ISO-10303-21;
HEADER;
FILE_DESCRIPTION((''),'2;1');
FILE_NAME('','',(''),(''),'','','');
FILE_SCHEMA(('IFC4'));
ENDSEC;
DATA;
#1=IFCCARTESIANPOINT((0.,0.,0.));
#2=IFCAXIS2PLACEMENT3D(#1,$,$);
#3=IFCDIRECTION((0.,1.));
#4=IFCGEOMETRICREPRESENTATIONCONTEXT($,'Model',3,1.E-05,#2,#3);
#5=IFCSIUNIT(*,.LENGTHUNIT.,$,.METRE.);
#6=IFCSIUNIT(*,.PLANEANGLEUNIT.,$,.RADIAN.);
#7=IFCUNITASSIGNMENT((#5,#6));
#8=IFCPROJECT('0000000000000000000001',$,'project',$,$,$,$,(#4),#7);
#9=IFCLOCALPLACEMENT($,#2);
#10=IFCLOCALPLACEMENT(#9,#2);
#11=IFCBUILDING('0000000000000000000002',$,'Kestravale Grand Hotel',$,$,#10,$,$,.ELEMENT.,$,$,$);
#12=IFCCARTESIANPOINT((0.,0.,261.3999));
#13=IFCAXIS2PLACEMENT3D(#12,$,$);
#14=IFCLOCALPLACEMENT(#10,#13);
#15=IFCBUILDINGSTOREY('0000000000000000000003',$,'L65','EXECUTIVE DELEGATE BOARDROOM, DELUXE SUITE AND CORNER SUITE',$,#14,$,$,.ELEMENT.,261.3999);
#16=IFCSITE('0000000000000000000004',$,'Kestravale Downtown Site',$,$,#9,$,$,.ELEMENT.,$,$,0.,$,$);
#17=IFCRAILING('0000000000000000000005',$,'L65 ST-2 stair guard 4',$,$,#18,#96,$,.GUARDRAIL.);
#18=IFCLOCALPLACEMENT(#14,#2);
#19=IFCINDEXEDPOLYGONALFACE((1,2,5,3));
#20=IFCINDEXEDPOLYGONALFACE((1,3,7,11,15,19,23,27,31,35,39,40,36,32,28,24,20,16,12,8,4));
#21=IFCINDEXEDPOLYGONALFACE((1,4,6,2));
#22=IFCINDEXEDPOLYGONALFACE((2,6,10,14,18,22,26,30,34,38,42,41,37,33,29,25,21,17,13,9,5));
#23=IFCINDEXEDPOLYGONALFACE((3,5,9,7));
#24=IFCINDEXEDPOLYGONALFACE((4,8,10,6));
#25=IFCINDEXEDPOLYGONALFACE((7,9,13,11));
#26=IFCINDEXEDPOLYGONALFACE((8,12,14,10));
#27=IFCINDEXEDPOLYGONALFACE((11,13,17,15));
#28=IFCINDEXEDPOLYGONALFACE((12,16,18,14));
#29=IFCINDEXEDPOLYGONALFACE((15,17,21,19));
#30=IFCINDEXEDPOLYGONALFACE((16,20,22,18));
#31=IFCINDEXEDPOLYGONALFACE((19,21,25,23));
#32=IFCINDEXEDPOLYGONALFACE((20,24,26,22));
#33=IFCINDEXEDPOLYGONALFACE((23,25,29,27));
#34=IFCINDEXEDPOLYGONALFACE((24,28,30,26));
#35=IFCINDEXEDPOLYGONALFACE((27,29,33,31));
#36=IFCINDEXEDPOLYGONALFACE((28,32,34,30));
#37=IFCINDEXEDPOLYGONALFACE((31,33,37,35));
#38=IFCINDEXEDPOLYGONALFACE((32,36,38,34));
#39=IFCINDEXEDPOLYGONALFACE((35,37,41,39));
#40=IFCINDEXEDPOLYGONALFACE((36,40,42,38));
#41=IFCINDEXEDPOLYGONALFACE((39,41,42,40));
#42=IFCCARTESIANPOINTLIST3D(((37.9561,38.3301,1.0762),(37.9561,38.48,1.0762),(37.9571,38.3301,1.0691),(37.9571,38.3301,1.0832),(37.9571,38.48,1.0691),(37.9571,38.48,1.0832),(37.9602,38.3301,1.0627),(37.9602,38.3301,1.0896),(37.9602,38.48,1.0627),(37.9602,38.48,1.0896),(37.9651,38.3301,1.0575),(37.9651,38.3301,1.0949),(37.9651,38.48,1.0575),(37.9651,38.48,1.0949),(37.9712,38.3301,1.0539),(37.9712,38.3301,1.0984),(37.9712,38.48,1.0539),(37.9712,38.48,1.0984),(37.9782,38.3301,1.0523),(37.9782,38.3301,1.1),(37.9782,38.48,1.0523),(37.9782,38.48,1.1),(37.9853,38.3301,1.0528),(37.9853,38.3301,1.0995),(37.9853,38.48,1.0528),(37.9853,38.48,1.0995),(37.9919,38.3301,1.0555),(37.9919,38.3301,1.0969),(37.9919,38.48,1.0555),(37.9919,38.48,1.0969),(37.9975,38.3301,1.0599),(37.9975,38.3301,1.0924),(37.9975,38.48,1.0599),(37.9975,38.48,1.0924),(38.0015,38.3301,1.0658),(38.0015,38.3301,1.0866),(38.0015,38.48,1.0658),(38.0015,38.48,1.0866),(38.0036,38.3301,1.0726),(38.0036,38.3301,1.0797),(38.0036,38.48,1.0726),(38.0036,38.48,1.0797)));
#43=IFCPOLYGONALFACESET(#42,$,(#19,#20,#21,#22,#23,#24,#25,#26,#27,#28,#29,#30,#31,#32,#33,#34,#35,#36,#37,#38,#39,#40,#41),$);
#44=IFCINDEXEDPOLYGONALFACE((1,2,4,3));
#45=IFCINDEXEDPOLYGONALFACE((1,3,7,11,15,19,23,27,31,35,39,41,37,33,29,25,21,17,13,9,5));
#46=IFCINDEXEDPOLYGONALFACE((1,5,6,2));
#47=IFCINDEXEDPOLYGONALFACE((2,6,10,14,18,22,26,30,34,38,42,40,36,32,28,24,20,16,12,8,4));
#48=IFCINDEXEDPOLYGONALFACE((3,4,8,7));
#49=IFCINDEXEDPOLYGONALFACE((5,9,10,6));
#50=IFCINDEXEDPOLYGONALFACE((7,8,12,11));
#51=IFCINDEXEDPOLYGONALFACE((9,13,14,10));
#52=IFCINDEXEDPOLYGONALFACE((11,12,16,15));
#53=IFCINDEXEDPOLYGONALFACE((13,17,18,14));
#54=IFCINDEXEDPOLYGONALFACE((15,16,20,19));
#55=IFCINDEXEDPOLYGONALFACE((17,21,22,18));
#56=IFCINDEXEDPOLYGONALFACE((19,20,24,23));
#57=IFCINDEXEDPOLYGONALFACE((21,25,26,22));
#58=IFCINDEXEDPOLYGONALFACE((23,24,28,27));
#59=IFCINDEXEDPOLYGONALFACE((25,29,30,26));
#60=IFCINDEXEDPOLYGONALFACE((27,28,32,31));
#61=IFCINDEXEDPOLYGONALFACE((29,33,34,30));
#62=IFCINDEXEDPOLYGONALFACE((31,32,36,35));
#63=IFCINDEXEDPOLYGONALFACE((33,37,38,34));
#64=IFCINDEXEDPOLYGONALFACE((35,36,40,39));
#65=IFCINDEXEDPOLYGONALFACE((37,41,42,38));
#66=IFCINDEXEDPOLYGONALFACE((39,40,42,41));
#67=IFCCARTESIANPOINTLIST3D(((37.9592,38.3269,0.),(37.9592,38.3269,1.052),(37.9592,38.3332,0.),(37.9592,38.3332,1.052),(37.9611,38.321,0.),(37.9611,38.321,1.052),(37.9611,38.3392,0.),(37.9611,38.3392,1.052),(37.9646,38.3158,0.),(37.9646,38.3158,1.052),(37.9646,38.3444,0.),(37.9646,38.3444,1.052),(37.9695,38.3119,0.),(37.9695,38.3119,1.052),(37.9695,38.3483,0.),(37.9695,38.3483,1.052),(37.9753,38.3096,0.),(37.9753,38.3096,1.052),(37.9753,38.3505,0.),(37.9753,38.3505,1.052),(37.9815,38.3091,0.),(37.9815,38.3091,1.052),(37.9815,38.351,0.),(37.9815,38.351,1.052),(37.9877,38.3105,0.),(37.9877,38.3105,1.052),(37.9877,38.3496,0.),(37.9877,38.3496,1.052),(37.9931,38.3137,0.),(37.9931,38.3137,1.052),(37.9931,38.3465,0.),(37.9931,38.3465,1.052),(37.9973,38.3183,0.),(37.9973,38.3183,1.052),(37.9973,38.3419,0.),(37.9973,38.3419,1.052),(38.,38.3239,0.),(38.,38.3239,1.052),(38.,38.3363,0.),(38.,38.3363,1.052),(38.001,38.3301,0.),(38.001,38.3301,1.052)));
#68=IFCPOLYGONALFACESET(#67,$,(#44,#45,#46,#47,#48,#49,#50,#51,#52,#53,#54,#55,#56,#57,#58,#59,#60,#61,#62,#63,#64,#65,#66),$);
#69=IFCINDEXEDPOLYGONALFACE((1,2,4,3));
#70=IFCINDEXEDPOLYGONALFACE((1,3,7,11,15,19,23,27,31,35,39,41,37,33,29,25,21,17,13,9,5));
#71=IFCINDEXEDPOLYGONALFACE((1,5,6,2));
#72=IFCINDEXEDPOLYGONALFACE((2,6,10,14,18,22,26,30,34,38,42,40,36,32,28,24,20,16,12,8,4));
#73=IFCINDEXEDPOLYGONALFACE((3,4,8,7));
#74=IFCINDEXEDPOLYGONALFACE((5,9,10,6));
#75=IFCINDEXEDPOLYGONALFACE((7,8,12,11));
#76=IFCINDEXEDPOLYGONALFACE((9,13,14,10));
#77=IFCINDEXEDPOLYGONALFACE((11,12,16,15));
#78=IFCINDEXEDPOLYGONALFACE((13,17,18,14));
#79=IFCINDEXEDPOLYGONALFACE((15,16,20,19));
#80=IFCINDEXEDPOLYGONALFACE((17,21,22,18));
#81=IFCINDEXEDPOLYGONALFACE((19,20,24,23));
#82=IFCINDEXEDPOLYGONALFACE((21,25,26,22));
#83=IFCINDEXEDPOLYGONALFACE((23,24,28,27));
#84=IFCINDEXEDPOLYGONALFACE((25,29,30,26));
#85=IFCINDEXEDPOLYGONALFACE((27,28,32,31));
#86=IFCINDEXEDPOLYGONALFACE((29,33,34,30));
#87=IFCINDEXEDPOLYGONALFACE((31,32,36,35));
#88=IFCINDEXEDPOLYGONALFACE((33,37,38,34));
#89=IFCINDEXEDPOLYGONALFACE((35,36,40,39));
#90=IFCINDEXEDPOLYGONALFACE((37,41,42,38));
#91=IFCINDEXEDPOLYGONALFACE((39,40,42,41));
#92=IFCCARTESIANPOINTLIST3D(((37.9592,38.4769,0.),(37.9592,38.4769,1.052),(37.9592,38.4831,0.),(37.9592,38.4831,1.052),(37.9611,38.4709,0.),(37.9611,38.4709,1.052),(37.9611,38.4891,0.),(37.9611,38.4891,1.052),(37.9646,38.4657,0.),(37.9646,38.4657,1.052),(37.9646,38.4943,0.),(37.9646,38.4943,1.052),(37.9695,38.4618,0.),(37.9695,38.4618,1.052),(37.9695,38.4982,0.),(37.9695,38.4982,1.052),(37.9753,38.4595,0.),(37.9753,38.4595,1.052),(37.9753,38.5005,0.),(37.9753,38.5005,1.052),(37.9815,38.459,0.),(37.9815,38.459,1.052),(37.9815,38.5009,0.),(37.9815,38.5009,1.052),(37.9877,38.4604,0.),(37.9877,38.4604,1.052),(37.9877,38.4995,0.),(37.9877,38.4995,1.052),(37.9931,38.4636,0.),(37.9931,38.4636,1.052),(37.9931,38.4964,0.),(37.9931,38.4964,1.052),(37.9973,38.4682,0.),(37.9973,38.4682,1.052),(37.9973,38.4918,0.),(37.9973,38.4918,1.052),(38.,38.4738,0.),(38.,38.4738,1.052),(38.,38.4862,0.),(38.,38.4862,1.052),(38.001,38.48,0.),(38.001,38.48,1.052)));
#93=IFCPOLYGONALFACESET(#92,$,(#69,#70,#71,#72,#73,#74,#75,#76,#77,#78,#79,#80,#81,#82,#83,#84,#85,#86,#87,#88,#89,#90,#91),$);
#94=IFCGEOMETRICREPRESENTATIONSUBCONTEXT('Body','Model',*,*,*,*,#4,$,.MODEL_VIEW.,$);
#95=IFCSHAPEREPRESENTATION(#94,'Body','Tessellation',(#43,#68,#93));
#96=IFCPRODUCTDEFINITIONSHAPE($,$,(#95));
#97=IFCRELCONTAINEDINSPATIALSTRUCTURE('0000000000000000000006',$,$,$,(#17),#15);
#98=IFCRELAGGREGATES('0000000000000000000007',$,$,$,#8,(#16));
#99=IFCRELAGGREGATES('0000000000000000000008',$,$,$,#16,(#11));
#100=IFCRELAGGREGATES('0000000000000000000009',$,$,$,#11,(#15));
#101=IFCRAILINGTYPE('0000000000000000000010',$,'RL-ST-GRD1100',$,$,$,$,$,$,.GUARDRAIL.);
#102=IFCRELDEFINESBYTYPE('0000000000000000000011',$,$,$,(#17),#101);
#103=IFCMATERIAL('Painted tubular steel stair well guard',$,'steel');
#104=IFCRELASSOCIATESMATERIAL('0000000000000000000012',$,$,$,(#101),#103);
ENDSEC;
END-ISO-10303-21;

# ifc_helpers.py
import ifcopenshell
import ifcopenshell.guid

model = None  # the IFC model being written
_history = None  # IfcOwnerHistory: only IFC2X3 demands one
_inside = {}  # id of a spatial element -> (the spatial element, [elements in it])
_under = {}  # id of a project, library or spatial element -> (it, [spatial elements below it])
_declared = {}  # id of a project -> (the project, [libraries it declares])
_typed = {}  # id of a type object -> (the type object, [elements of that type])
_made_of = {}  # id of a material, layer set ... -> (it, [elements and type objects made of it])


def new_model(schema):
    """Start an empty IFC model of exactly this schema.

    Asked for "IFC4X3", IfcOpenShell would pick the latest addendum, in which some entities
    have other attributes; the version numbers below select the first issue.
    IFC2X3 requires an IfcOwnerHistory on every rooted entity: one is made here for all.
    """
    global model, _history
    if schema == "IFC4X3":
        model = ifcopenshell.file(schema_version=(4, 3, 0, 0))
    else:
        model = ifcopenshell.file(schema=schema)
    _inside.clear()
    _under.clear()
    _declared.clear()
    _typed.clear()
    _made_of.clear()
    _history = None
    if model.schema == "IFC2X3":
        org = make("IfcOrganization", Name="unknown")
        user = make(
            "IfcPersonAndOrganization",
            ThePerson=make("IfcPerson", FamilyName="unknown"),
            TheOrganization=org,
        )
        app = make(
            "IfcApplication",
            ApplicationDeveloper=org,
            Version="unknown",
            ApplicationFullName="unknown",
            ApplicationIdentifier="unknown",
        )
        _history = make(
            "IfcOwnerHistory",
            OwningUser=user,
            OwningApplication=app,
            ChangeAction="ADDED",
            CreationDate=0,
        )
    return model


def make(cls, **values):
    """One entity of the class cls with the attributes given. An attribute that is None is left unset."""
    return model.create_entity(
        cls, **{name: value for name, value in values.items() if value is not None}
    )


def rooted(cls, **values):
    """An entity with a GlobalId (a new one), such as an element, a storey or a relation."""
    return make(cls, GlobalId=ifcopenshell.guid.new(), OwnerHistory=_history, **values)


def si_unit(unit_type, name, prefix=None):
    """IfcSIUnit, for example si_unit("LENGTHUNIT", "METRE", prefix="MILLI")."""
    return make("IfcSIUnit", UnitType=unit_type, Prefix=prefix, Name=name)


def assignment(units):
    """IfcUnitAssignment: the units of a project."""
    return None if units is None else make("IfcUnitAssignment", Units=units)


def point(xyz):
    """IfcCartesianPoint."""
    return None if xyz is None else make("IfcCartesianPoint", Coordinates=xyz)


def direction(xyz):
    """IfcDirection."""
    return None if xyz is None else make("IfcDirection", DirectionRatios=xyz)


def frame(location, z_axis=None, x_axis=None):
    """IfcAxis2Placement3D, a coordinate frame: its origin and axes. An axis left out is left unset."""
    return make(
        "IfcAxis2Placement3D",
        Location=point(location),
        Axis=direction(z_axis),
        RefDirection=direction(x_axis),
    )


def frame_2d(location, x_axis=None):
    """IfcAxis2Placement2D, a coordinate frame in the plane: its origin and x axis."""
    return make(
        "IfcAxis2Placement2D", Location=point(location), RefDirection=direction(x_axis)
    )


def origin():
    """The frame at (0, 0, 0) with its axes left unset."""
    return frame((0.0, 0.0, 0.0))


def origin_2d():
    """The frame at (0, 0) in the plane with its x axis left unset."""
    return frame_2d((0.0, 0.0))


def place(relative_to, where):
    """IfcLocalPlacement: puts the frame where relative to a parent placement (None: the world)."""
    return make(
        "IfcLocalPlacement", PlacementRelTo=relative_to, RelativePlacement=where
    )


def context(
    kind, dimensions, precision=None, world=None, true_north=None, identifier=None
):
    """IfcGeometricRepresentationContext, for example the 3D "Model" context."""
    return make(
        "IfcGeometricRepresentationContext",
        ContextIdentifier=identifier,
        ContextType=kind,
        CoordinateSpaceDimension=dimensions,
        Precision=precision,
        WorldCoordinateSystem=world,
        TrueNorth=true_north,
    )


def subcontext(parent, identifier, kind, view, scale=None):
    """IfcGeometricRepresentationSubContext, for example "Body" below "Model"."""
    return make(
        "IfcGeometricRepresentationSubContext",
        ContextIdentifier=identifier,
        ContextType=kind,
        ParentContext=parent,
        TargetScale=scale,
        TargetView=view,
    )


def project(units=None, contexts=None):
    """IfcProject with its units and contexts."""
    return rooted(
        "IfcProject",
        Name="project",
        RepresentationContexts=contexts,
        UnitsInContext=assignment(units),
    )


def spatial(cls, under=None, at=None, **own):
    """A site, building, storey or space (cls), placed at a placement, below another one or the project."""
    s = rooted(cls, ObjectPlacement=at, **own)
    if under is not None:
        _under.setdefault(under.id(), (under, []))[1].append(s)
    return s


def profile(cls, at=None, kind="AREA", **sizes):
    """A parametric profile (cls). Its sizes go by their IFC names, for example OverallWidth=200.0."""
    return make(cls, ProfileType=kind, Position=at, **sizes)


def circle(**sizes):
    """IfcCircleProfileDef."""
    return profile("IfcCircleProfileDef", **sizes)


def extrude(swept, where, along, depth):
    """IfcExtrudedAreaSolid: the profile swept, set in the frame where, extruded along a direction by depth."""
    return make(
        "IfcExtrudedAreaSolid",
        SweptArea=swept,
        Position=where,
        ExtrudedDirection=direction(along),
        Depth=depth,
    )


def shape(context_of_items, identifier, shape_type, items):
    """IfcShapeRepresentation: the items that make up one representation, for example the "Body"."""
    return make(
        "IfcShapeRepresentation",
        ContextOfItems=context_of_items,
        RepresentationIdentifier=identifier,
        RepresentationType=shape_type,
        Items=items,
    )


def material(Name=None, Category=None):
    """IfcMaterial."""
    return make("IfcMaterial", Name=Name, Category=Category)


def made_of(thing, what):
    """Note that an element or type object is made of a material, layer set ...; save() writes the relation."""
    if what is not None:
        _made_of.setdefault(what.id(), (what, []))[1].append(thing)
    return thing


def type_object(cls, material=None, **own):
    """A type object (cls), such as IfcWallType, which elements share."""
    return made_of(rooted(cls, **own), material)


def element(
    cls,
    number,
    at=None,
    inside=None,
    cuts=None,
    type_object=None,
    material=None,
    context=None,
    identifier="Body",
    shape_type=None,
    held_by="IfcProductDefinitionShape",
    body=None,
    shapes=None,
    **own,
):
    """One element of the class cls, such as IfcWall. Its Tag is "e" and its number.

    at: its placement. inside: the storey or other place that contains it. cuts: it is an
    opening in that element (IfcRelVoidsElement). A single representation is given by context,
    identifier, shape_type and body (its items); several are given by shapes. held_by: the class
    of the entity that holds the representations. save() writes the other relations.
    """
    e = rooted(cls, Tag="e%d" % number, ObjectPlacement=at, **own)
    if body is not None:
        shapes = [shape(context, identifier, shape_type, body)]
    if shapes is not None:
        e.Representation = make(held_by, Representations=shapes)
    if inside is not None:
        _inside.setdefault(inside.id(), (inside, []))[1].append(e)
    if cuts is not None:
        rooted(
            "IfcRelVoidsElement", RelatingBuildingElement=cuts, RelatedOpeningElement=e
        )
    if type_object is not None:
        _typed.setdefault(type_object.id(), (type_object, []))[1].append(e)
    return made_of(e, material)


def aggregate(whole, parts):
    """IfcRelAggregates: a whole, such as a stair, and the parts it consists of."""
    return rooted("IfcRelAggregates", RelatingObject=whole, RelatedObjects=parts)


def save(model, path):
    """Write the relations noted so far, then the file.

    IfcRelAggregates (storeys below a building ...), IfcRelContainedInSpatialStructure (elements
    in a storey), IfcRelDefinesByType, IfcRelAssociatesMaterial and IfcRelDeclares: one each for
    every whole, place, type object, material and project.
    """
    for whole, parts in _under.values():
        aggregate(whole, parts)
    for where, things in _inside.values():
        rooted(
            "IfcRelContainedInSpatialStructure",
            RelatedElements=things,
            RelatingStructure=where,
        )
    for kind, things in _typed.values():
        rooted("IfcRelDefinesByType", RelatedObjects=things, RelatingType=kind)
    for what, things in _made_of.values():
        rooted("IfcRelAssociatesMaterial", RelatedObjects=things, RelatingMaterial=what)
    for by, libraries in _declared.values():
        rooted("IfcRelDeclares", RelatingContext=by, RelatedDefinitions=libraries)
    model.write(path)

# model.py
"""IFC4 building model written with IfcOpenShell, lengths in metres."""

from ifc_helpers import new_model, si_unit, direction, frame, origin, origin_2d, place, context, subcontext, project, spatial, circle, extrude, material, type_object, element, save


model = new_model("IFC4")

# Units and contexts
model_context = context("Model", 3, precision=1e-05, world=origin(), true_north=direction((0.0, 1.0)))
body_context = subcontext(model_context, "Body", "Model", "MODEL_VIEW")
ifc_project = project(units=[si_unit("LENGTHUNIT", "METRE"), si_unit("PLANEANGLEUNIT", "RADIAN")], contexts=[model_context])

# Site, building, storey
site_placement = place(None, origin())
site = spatial("IfcSite", under=ifc_project, at=site_placement, Name="Kestravale Downtown Site", CompositionType="ELEMENT", RefElevation=0.0)
building_placement = place(site_placement, origin())
building = spatial("IfcBuilding", under=site, at=building_placement, Name="Kestravale Grand Hotel", CompositionType="ELEMENT")
storey_placement = place(building_placement, frame((0.0, 0.0, 261.3999)))
storey = spatial("IfcBuildingStorey", under=building, at=storey_placement, Name="L65", Description="EXECUTIVE DELEGATE BOARDROOM, DELUXE SUITE AND CORNER SUITE", CompositionType="ELEMENT", Elevation=261.3999)

# Railing
ifc_material_1 = material(Name="Painted tubular steel stair well guard", Category="steel")
railing_type_1 = type_object("IfcRailingType", Name="RL-ST-GRD1100", PredefinedType="GUARDRAIL", material=ifc_material_1)
railing_1_placement = place(storey_placement, frame((37.98, 38.3301, 0.0)))
element("IfcRailing", 1, at=railing_1_placement, inside=storey, type_object=railing_type_1, Name="L65 ST-2 stair guard 4", PredefinedType="GUARDRAIL", context=body_context, shape_type="SweptSolid", body=[
    extrude(circle(Radius=0.0239, at=origin_2d()), frame((0.0, 0.0, 1.0762), z_axis=(0.0, 1.0, 0.0), x_axis=(-1.0, 0.0, 0.0)), (0.0, 0.0, 1.0), 0.1499),
    extrude(circle(Radius=0.021, at=origin_2d()), origin(), (0.0, 0.0, 1.0), 1.052),
    extrude(circle(Radius=0.021, at=origin_2d()), frame((0.0, 0.1499, 0.0)), (0.0, 0.0, 1.0), 1.052),
])

save(model, "model.ifc")
